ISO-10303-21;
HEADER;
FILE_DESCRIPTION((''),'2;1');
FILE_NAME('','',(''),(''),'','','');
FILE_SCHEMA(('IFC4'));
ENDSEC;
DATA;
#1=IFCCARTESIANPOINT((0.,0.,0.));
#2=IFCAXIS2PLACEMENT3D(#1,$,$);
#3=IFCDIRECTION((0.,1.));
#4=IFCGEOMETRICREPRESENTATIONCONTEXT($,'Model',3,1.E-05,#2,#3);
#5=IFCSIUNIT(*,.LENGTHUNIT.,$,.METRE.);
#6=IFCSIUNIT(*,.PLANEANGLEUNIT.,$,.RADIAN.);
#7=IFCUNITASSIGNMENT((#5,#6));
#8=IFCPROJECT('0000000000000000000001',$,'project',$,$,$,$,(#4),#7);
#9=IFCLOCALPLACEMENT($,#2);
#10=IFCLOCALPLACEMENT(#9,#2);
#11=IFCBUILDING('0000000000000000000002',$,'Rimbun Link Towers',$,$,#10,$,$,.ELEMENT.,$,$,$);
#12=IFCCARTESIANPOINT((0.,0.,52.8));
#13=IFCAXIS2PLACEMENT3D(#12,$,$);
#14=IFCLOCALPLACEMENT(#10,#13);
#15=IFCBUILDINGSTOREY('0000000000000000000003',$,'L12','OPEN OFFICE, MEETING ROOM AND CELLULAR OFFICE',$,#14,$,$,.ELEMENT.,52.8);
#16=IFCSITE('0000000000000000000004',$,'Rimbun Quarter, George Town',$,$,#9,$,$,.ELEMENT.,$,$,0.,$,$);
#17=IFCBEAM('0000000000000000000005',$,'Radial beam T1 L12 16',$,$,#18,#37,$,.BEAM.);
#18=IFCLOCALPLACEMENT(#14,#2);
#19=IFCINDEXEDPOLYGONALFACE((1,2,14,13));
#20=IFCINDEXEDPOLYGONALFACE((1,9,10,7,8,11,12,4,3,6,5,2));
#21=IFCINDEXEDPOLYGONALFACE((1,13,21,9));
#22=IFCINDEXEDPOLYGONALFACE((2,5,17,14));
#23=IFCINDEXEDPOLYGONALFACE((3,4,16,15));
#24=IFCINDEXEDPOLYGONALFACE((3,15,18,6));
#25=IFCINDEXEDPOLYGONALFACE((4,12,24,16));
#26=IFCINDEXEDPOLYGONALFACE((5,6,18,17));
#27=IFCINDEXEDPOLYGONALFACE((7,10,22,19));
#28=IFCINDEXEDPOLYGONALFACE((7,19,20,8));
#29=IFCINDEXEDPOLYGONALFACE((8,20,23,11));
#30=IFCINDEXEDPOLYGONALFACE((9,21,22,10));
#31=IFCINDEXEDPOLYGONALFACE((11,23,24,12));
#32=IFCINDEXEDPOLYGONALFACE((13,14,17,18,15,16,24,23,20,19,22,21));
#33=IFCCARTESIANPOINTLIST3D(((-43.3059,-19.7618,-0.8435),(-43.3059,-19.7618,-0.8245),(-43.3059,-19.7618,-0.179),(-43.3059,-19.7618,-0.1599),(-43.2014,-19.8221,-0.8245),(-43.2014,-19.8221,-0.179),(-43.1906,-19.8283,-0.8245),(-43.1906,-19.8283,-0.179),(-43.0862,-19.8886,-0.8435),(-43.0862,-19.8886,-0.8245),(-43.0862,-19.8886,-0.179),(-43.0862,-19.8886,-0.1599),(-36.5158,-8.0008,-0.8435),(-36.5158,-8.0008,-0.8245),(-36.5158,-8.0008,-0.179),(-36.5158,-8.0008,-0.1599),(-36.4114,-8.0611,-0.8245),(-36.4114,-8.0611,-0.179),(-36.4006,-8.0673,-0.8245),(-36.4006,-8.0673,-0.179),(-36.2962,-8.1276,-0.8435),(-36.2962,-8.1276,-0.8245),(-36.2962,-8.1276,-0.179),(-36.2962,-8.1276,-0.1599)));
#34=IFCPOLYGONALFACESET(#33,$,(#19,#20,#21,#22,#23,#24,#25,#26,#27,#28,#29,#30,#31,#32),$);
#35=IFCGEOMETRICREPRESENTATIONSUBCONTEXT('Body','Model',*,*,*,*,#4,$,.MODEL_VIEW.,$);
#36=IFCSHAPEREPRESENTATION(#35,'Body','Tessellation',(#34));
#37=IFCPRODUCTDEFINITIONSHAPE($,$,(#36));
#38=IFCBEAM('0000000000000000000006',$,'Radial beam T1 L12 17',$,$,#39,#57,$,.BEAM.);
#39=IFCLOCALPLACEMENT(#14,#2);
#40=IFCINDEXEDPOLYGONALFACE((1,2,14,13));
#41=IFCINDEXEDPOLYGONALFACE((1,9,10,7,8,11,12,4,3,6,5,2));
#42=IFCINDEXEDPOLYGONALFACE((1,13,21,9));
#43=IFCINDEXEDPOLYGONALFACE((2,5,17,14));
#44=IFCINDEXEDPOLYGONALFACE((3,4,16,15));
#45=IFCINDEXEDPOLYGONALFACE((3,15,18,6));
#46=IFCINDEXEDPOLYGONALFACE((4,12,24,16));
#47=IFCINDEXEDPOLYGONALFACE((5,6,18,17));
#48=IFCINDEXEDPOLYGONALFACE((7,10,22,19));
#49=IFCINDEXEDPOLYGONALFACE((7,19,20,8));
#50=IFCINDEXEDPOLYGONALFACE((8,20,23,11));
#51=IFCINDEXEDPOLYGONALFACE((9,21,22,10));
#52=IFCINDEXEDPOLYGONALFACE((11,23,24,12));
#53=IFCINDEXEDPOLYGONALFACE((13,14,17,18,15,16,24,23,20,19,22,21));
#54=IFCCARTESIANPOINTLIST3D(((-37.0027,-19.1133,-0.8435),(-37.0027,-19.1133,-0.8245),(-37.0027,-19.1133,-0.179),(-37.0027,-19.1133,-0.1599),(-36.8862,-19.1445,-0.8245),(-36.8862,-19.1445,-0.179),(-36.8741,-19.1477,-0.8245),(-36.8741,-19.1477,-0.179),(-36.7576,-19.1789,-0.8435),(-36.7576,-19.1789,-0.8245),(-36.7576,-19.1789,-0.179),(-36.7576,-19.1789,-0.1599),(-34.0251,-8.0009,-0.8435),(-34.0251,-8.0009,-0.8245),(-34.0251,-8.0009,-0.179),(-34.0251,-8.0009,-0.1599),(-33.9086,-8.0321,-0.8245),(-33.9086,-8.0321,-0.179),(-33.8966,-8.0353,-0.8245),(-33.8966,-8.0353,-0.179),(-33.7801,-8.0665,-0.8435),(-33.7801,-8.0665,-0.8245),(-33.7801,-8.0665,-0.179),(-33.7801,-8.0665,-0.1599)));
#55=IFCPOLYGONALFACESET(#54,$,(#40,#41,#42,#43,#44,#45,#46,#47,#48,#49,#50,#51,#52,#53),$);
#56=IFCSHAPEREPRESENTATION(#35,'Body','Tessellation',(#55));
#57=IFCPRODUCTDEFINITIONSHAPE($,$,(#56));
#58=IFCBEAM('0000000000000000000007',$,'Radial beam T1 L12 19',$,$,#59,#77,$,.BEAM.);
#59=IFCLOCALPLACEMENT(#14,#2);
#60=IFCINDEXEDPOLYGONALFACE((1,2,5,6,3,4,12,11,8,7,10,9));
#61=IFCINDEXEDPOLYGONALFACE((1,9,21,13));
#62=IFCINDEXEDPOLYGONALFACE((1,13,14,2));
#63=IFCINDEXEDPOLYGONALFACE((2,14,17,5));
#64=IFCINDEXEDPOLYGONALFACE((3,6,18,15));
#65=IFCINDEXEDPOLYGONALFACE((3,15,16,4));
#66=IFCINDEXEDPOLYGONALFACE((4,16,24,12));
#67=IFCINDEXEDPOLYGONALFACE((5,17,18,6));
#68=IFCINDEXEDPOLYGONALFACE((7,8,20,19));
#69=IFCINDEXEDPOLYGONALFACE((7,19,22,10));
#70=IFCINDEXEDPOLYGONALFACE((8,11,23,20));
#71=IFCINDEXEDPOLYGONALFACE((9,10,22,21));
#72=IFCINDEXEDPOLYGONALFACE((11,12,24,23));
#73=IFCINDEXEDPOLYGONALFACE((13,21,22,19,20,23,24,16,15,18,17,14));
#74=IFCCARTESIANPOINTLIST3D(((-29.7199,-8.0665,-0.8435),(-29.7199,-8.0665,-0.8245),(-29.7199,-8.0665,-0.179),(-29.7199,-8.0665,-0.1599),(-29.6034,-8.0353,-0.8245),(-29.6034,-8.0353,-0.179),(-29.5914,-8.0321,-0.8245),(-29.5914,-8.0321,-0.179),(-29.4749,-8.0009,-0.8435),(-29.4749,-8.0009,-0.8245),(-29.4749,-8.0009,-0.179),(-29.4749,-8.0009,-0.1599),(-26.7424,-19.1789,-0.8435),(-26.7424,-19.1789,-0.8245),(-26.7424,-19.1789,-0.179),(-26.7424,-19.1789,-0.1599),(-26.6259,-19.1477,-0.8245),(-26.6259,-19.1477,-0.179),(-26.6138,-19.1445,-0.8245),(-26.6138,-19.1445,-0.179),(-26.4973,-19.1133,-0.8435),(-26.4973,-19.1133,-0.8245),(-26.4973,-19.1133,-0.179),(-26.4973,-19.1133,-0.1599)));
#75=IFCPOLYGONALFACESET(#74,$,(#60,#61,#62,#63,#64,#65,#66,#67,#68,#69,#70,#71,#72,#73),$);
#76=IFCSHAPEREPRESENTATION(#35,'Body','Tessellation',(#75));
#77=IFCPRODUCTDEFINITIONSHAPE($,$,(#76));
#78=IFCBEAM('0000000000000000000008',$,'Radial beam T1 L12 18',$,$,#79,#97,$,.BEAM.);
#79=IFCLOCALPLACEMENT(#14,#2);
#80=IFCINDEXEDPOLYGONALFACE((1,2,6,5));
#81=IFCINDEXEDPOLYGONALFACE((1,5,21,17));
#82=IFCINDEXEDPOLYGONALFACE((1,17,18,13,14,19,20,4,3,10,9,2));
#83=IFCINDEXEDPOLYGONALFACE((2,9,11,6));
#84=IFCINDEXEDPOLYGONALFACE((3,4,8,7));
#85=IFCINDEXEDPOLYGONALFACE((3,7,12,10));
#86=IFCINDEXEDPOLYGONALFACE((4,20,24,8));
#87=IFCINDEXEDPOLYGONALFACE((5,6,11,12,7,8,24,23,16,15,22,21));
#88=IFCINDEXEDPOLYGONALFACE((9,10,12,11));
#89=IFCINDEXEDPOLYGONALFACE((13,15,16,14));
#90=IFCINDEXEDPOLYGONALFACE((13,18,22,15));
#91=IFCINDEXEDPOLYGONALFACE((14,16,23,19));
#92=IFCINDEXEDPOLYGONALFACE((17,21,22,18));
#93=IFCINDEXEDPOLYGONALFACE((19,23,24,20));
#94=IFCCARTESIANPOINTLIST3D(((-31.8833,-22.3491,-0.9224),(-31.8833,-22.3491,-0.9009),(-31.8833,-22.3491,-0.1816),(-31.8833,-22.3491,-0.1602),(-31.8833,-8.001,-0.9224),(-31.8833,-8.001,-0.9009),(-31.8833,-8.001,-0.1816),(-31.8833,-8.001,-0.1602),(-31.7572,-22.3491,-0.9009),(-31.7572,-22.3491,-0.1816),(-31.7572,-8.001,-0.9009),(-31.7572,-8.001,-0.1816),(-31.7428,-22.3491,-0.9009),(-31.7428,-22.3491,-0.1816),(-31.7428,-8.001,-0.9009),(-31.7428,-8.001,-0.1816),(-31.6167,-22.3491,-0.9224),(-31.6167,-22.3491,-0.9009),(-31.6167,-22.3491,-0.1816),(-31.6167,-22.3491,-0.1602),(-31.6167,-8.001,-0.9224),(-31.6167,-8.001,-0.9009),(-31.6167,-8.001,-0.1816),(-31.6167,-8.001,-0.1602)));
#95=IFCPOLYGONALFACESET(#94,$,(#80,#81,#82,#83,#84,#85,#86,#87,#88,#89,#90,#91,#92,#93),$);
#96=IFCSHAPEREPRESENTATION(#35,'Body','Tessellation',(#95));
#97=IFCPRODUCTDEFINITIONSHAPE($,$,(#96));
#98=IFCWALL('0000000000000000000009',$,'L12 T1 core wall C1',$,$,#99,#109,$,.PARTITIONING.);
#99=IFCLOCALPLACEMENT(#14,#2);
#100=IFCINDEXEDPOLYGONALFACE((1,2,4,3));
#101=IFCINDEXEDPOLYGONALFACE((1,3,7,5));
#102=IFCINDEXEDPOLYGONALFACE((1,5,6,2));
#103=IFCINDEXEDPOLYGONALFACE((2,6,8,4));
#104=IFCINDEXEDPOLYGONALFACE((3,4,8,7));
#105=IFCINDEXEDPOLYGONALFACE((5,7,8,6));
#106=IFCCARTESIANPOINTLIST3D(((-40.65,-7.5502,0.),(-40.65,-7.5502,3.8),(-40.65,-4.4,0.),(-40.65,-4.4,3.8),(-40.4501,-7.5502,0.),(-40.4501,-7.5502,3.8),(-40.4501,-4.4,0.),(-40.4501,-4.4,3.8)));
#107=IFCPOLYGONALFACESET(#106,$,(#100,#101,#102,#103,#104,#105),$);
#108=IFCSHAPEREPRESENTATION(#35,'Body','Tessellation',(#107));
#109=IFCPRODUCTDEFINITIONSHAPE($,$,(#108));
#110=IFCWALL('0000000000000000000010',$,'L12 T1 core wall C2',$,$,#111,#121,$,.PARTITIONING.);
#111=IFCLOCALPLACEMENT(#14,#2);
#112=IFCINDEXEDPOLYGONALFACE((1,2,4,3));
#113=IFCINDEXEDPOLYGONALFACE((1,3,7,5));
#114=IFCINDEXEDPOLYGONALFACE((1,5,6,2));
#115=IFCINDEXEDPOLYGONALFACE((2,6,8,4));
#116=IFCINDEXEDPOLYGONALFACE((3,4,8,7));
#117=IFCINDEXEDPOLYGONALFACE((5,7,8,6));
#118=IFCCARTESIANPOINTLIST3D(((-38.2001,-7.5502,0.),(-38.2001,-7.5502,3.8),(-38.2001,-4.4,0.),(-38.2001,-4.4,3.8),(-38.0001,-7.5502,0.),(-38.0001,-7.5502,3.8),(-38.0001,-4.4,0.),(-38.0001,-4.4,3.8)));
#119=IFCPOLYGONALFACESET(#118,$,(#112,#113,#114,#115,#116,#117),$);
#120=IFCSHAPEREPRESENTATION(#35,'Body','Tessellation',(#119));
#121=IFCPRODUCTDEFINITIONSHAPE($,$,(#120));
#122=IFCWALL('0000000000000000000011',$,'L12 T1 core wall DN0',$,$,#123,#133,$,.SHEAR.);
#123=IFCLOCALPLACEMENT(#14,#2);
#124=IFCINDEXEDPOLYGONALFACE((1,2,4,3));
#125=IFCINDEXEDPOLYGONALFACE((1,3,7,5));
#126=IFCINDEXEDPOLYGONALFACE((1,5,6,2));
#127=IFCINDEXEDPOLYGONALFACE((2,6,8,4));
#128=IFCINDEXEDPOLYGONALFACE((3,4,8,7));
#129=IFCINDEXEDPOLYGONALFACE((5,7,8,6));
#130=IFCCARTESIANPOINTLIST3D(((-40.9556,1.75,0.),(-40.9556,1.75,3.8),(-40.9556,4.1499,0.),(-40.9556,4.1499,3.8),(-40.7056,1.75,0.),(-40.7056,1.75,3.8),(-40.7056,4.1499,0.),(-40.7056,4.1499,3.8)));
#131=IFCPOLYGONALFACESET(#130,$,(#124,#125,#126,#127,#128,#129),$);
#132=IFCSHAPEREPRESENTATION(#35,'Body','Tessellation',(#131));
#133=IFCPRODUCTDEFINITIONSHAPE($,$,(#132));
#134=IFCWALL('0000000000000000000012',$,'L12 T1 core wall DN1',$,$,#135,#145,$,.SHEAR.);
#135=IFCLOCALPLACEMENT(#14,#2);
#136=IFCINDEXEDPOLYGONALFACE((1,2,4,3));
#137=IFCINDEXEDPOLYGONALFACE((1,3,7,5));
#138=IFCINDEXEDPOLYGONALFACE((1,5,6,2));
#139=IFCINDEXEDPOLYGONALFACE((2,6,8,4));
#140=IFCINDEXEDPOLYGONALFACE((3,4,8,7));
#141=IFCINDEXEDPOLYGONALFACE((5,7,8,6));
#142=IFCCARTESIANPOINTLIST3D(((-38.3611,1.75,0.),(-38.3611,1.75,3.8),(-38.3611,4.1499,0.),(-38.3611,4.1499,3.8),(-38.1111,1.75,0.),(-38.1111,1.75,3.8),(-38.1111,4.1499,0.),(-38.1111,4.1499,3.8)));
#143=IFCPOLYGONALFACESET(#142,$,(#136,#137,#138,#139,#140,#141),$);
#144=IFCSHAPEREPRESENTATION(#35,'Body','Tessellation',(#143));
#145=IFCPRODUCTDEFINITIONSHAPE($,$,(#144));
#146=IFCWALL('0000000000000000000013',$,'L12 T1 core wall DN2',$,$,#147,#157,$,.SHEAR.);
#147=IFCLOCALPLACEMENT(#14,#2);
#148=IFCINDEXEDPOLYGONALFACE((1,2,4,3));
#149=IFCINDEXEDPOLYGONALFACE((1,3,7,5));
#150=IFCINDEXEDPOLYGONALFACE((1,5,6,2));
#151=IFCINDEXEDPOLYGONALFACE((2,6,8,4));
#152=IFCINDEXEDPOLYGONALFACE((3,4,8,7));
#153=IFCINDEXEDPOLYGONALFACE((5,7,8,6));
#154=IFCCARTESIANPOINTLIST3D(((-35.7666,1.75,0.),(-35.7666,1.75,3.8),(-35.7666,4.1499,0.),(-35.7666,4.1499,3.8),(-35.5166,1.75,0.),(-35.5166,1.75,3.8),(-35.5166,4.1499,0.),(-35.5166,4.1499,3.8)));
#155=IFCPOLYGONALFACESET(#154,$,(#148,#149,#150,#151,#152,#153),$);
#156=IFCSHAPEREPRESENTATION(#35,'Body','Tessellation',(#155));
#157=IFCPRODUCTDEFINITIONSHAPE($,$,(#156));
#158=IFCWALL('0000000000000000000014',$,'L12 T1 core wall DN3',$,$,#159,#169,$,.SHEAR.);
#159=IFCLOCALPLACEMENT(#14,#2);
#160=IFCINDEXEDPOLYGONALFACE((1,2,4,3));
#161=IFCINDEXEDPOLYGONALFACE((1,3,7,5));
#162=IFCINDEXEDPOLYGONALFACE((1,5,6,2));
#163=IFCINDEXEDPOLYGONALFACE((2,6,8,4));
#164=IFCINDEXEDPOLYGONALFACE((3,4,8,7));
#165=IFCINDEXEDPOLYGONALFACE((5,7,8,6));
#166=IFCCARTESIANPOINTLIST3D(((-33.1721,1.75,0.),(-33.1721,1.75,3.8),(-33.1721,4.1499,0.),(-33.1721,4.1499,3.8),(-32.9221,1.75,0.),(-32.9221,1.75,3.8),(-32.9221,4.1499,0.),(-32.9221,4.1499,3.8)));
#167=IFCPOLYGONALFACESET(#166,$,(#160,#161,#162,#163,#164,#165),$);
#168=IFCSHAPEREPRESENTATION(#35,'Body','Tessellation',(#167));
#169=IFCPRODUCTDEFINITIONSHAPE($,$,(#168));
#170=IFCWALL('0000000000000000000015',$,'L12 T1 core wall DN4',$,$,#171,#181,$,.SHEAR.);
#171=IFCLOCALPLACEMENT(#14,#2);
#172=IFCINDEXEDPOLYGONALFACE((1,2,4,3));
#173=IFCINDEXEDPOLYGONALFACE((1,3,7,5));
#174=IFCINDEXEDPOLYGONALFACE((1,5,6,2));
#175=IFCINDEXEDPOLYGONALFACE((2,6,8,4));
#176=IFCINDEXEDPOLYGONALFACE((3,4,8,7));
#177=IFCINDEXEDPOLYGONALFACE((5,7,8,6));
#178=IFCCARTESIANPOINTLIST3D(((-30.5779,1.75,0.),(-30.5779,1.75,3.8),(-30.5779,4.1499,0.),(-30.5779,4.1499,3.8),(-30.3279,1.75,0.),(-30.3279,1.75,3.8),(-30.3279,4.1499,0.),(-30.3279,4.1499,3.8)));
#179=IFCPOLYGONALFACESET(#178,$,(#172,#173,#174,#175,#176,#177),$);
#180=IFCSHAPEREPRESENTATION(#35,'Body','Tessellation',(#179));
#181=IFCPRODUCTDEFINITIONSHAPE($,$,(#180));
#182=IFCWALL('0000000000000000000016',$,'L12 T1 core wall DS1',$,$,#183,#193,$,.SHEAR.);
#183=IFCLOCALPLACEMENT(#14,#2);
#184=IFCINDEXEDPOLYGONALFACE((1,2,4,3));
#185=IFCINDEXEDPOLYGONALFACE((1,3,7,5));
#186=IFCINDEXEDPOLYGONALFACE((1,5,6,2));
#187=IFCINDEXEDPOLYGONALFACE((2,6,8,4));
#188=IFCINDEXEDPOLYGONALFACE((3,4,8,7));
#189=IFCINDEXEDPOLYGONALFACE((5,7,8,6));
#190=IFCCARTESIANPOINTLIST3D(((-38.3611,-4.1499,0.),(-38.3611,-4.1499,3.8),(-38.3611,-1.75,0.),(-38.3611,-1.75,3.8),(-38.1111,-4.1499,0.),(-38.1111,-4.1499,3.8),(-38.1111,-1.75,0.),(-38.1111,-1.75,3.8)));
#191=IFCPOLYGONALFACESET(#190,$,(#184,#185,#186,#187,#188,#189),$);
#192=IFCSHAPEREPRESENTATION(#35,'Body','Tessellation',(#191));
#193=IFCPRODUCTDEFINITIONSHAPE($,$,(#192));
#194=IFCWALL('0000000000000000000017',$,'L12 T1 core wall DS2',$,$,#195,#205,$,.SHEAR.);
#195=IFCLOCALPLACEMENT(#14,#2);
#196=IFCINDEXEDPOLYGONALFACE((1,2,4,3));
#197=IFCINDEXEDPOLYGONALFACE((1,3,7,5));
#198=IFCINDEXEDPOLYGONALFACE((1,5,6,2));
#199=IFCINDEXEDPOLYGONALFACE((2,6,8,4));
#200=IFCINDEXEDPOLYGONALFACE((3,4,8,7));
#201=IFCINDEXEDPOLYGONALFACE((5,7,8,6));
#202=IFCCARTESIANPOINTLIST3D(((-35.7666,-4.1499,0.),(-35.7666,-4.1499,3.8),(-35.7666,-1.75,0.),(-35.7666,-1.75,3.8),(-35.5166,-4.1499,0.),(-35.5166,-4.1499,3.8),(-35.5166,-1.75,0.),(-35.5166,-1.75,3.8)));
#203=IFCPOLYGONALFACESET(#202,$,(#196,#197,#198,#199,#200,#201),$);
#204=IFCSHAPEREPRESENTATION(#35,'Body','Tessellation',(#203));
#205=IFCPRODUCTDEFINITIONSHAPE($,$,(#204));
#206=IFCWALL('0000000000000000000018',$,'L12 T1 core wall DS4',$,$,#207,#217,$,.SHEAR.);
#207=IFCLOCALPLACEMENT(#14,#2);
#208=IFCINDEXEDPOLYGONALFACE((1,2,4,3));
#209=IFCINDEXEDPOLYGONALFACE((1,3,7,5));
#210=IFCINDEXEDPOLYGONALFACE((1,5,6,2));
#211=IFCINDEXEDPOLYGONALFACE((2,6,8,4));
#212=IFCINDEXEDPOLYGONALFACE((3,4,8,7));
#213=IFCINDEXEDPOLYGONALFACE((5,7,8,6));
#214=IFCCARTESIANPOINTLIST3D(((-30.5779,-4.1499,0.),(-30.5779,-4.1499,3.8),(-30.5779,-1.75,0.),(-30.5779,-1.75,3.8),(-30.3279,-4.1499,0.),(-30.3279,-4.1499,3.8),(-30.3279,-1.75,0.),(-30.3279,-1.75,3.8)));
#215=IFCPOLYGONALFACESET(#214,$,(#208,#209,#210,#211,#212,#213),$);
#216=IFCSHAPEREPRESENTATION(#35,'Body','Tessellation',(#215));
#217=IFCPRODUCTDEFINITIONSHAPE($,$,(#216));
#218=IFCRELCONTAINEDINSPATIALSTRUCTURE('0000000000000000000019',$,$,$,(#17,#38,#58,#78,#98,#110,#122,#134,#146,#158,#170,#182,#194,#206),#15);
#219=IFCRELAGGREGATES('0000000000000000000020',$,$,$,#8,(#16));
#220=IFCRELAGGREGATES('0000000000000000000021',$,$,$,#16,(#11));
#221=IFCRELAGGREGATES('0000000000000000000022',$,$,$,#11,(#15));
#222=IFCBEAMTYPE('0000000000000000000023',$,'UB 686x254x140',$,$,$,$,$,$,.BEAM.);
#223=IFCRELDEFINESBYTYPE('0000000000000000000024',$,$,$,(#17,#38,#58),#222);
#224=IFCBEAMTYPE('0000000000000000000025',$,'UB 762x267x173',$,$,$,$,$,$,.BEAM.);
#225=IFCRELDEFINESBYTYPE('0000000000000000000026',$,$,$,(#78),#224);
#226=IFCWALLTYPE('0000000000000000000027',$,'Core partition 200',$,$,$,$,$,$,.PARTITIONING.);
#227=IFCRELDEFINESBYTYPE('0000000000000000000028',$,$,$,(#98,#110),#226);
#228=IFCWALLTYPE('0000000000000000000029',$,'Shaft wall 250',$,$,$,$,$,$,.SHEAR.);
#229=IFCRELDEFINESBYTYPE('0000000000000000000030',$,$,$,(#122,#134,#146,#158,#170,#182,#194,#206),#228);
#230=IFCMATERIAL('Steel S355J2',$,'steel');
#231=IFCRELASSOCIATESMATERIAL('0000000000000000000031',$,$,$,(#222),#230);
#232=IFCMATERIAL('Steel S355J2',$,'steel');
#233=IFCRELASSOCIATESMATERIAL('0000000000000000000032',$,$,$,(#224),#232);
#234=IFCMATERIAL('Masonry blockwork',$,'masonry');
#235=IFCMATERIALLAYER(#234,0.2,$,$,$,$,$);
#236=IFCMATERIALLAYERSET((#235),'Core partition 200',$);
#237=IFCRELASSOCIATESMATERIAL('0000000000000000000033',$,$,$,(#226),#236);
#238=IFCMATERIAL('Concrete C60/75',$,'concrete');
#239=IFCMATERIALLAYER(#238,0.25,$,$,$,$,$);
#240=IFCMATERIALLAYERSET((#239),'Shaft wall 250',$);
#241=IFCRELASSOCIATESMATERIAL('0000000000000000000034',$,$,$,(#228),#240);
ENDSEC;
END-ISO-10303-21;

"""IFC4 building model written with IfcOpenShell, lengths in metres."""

from ifc_helpers import new_model, si_unit, direction, frame, frame_2d, origin, origin_2d, place, context, subcontext, project, spatial, rectangle, i_section, extrude, material, layer, layer_set, material_profile, profile_set, type_object, element, save


model = new_model("IFC4")

# Units and contexts
model_context = context("Model", 3, precision=1e-05, world=origin(), true_north=direction((0.0, 1.0)))
body_context = subcontext(model_context, "Body", "Model", "MODEL_VIEW")
ifc_project = project(units=[si_unit("LENGTHUNIT", "METRE"), si_unit("PLANEANGLEUNIT", "RADIAN")], contexts=[model_context])

# Site, building, storey
site_placement = place(None, origin())
site = spatial("IfcSite", under=ifc_project, at=site_placement, Name="Rimbun Quarter, George Town", CompositionType="ELEMENT", RefElevation=0.0)
building_placement = place(site_placement, origin())
building = spatial("IfcBuilding", under=site, at=building_placement, Name="Rimbun Link Towers", CompositionType="ELEMENT")
storey_placement = place(building_placement, frame((0.0, 0.0, 52.8)))
storey = spatial("IfcBuildingStorey", under=building, at=storey_placement, Name="L12", Description="OPEN OFFICE, MEETING ROOM AND CELLULAR OFFICE", CompositionType="ELEMENT", Elevation=52.8)

# Beams
ifc_material_1 = material(Name="Steel S355J2", Category="steel")
ifc_material_profile_1 = material_profile(ifc_material_1, i_section(OverallWidth=0.2537, OverallDepth=0.6836, WebThickness=0.0125, FlangeThickness=0.019, at=origin_2d()), Name="UB 686x254x140")
ifc_profile_set_1 = profile_set([ifc_material_profile_1], Name="Steel S355J2")
beam_type_1 = type_object("IfcBeamType", Name="UB 686x254x140", PredefinedType="BEAM", material=ifc_profile_set_1)
beam_1_placement = place(storey_placement, frame((-36.406, -8.0642, -0.5017), z_axis=(-0.499991, -0.866031, 0.0), x_axis=(0.866031, -0.499991, 0.0)))
element("IfcBeam", 1, at=beam_1_placement, inside=storey, type_object=beam_type_1, Name="Radial beam T1 L12 16", PredefinedType="BEAM", context=body_context, shape_type="SweptSolid", body=[
    extrude(i_section(OverallWidth=0.2537, OverallDepth=0.6836, WebThickness=0.0125, FlangeThickness=0.019, at=origin_2d()), origin(), (0.0, 0.0, 1.0), 13.5803),
])
for number, where, z_axis, x_axis, name in (
    (2, (-33.9026, -8.0337, -0.5017), (-0.25882, -0.965926, 0.0), (0.965926, -0.25882, 0.0), "Radial beam T1 L12 17"),
    (3, (-29.5974, -8.0337, -0.5017), (0.25882, -0.965926, 0.0), (0.965926, 0.25882, 0.0), "Radial beam T1 L12 19"),
):
    element("IfcBeam", number, at=place(storey_placement, frame(where, z_axis=z_axis, x_axis=x_axis)), inside=storey, type_object=beam_type_1, Name=name, PredefinedType="BEAM", context=body_context, shape_type="SweptSolid", body=[
        extrude(i_section(OverallWidth=0.2537, OverallDepth=0.6836, WebThickness=0.0125, FlangeThickness=0.019, at=origin_2d()), origin(), (0.0, 0.0, 1.0), 11.5044),
    ])
ifc_material_2 = material(Name="Steel S355J2", Category="steel")
ifc_material_profile_2 = material_profile(ifc_material_2, i_section(OverallWidth=0.2666, OverallDepth=0.7622, WebThickness=0.0144, FlangeThickness=0.0215, at=origin_2d()), Name="UB 762x267x173")
ifc_profile_set_2 = profile_set([ifc_material_profile_2], Name="Steel S355J2")
beam_type_2 = type_object("IfcBeamType", Name="UB 762x267x173", PredefinedType="BEAM", material=ifc_profile_set_2)
beam_2_placement = place(storey_placement, frame((-31.75, -8.001, -0.5413), z_axis=(0.0, -1.0, 0.0), x_axis=(1.0, 0.0, 0.0)))
element("IfcBeam", 4, at=beam_2_placement, inside=storey, type_object=beam_type_2, Name="Radial beam T1 L12 18", PredefinedType="BEAM", context=body_context, shape_type="SweptSolid", body=[
    extrude(i_section(OverallWidth=0.2666, OverallDepth=0.7622, WebThickness=0.0144, FlangeThickness=0.0215, at=origin_2d()), origin(), (0.0, 0.0, 1.0), 14.3481),
])

# Walls
ifc_material_3 = material(Name="Masonry blockwork", Category="masonry")
ifc_layer_1 = layer(ifc_material_3, 0.2)
ifc_layer_set_1 = layer_set([ifc_layer_1], Name="Core partition 200")
wall_type_1 = type_object("IfcWallType", Name="Core partition 200", PredefinedType="PARTITIONING", material=ifc_layer_set_1)
for number, where, z_axis, x_axis, name in (
    (5, (-40.55, -4.3999, 0.0), (0.0, 0.0, 1.0), (0.0, -1.0, 0.0), "L12 T1 core wall C1"),
    (6, (-38.1001, -4.3999, 0.0), (0.0, 0.0, 1.0), (0.0, -1.0, 0.0), "L12 T1 core wall C2"),
):
    element("IfcWall", number, at=place(storey_placement, frame(where, z_axis=z_axis, x_axis=x_axis)), inside=storey, type_object=wall_type_1, Name=name, PredefinedType="PARTITIONING", context=body_context, shape_type="SweptSolid", body=[
        extrude(rectangle(XDim=3.1501, YDim=0.2, at=frame_2d((1.5752, 0.0))), origin(), (0.0, 0.0, 1.0), 3.8),
    ])
ifc_material_4 = material(Name="Concrete C60/75", Category="concrete")
ifc_layer_2 = layer(ifc_material_4, 0.25)
ifc_layer_set_2 = layer_set([ifc_layer_2], Name="Shaft wall 250")
wall_type_2 = type_object("IfcWallType", Name="Shaft wall 250", PredefinedType="SHEAR", material=ifc_layer_set_2)
for number, where, z_axis, x_axis, name in (
    (7, (-40.8306, 1.75, 0.0), (0.0, 0.0, 1.0), (0.0, 1.0, 0.0), "L12 T1 core wall DN0"),
    (8, (-38.2361, 1.75, 0.0), (0.0, 0.0, 1.0), (0.0, 1.0, 0.0), "L12 T1 core wall DN1"),
    (9, (-35.6416, 1.75, 0.0), (0.0, 0.0, 1.0), (0.0, 1.0, 0.0), "L12 T1 core wall DN2"),
    (10, (-33.0471, 1.75, 0.0), (0.0, 0.0, 1.0), (0.0, 1.0, 0.0), "L12 T1 core wall DN3"),
    (11, (-30.4529, 1.75, 0.0), (0.0, 0.0, 1.0), (0.0, 1.0, 0.0), "L12 T1 core wall DN4"),
    (12, (-38.2361, -4.1499, 0.0), (0.0, 0.0, 1.0), (0.0, 1.0, 0.0), "L12 T1 core wall DS1"),
    (13, (-35.6416, -4.1499, 0.0), (0.0, 0.0, 1.0), (0.0, 1.0, 0.0), "L12 T1 core wall DS2"),
    (14, (-30.4529, -4.1499, 0.0), (0.0, 0.0, 1.0), (0.0, 1.0, 0.0), "L12 T1 core wall DS4"),
):
    element("IfcWall", number, at=place(storey_placement, frame(where, z_axis=z_axis, x_axis=x_axis)), inside=storey, type_object=wall_type_2, Name=name, PredefinedType="SHEAR", context=body_context, shape_type="SweptSolid", body=[
        extrude(rectangle(XDim=2.3999, YDim=0.25, at=frame_2d((1.2, 0.0))), origin(), (0.0, 0.0, 1.0), 3.8),
    ])

save(model, "model.ifc")
